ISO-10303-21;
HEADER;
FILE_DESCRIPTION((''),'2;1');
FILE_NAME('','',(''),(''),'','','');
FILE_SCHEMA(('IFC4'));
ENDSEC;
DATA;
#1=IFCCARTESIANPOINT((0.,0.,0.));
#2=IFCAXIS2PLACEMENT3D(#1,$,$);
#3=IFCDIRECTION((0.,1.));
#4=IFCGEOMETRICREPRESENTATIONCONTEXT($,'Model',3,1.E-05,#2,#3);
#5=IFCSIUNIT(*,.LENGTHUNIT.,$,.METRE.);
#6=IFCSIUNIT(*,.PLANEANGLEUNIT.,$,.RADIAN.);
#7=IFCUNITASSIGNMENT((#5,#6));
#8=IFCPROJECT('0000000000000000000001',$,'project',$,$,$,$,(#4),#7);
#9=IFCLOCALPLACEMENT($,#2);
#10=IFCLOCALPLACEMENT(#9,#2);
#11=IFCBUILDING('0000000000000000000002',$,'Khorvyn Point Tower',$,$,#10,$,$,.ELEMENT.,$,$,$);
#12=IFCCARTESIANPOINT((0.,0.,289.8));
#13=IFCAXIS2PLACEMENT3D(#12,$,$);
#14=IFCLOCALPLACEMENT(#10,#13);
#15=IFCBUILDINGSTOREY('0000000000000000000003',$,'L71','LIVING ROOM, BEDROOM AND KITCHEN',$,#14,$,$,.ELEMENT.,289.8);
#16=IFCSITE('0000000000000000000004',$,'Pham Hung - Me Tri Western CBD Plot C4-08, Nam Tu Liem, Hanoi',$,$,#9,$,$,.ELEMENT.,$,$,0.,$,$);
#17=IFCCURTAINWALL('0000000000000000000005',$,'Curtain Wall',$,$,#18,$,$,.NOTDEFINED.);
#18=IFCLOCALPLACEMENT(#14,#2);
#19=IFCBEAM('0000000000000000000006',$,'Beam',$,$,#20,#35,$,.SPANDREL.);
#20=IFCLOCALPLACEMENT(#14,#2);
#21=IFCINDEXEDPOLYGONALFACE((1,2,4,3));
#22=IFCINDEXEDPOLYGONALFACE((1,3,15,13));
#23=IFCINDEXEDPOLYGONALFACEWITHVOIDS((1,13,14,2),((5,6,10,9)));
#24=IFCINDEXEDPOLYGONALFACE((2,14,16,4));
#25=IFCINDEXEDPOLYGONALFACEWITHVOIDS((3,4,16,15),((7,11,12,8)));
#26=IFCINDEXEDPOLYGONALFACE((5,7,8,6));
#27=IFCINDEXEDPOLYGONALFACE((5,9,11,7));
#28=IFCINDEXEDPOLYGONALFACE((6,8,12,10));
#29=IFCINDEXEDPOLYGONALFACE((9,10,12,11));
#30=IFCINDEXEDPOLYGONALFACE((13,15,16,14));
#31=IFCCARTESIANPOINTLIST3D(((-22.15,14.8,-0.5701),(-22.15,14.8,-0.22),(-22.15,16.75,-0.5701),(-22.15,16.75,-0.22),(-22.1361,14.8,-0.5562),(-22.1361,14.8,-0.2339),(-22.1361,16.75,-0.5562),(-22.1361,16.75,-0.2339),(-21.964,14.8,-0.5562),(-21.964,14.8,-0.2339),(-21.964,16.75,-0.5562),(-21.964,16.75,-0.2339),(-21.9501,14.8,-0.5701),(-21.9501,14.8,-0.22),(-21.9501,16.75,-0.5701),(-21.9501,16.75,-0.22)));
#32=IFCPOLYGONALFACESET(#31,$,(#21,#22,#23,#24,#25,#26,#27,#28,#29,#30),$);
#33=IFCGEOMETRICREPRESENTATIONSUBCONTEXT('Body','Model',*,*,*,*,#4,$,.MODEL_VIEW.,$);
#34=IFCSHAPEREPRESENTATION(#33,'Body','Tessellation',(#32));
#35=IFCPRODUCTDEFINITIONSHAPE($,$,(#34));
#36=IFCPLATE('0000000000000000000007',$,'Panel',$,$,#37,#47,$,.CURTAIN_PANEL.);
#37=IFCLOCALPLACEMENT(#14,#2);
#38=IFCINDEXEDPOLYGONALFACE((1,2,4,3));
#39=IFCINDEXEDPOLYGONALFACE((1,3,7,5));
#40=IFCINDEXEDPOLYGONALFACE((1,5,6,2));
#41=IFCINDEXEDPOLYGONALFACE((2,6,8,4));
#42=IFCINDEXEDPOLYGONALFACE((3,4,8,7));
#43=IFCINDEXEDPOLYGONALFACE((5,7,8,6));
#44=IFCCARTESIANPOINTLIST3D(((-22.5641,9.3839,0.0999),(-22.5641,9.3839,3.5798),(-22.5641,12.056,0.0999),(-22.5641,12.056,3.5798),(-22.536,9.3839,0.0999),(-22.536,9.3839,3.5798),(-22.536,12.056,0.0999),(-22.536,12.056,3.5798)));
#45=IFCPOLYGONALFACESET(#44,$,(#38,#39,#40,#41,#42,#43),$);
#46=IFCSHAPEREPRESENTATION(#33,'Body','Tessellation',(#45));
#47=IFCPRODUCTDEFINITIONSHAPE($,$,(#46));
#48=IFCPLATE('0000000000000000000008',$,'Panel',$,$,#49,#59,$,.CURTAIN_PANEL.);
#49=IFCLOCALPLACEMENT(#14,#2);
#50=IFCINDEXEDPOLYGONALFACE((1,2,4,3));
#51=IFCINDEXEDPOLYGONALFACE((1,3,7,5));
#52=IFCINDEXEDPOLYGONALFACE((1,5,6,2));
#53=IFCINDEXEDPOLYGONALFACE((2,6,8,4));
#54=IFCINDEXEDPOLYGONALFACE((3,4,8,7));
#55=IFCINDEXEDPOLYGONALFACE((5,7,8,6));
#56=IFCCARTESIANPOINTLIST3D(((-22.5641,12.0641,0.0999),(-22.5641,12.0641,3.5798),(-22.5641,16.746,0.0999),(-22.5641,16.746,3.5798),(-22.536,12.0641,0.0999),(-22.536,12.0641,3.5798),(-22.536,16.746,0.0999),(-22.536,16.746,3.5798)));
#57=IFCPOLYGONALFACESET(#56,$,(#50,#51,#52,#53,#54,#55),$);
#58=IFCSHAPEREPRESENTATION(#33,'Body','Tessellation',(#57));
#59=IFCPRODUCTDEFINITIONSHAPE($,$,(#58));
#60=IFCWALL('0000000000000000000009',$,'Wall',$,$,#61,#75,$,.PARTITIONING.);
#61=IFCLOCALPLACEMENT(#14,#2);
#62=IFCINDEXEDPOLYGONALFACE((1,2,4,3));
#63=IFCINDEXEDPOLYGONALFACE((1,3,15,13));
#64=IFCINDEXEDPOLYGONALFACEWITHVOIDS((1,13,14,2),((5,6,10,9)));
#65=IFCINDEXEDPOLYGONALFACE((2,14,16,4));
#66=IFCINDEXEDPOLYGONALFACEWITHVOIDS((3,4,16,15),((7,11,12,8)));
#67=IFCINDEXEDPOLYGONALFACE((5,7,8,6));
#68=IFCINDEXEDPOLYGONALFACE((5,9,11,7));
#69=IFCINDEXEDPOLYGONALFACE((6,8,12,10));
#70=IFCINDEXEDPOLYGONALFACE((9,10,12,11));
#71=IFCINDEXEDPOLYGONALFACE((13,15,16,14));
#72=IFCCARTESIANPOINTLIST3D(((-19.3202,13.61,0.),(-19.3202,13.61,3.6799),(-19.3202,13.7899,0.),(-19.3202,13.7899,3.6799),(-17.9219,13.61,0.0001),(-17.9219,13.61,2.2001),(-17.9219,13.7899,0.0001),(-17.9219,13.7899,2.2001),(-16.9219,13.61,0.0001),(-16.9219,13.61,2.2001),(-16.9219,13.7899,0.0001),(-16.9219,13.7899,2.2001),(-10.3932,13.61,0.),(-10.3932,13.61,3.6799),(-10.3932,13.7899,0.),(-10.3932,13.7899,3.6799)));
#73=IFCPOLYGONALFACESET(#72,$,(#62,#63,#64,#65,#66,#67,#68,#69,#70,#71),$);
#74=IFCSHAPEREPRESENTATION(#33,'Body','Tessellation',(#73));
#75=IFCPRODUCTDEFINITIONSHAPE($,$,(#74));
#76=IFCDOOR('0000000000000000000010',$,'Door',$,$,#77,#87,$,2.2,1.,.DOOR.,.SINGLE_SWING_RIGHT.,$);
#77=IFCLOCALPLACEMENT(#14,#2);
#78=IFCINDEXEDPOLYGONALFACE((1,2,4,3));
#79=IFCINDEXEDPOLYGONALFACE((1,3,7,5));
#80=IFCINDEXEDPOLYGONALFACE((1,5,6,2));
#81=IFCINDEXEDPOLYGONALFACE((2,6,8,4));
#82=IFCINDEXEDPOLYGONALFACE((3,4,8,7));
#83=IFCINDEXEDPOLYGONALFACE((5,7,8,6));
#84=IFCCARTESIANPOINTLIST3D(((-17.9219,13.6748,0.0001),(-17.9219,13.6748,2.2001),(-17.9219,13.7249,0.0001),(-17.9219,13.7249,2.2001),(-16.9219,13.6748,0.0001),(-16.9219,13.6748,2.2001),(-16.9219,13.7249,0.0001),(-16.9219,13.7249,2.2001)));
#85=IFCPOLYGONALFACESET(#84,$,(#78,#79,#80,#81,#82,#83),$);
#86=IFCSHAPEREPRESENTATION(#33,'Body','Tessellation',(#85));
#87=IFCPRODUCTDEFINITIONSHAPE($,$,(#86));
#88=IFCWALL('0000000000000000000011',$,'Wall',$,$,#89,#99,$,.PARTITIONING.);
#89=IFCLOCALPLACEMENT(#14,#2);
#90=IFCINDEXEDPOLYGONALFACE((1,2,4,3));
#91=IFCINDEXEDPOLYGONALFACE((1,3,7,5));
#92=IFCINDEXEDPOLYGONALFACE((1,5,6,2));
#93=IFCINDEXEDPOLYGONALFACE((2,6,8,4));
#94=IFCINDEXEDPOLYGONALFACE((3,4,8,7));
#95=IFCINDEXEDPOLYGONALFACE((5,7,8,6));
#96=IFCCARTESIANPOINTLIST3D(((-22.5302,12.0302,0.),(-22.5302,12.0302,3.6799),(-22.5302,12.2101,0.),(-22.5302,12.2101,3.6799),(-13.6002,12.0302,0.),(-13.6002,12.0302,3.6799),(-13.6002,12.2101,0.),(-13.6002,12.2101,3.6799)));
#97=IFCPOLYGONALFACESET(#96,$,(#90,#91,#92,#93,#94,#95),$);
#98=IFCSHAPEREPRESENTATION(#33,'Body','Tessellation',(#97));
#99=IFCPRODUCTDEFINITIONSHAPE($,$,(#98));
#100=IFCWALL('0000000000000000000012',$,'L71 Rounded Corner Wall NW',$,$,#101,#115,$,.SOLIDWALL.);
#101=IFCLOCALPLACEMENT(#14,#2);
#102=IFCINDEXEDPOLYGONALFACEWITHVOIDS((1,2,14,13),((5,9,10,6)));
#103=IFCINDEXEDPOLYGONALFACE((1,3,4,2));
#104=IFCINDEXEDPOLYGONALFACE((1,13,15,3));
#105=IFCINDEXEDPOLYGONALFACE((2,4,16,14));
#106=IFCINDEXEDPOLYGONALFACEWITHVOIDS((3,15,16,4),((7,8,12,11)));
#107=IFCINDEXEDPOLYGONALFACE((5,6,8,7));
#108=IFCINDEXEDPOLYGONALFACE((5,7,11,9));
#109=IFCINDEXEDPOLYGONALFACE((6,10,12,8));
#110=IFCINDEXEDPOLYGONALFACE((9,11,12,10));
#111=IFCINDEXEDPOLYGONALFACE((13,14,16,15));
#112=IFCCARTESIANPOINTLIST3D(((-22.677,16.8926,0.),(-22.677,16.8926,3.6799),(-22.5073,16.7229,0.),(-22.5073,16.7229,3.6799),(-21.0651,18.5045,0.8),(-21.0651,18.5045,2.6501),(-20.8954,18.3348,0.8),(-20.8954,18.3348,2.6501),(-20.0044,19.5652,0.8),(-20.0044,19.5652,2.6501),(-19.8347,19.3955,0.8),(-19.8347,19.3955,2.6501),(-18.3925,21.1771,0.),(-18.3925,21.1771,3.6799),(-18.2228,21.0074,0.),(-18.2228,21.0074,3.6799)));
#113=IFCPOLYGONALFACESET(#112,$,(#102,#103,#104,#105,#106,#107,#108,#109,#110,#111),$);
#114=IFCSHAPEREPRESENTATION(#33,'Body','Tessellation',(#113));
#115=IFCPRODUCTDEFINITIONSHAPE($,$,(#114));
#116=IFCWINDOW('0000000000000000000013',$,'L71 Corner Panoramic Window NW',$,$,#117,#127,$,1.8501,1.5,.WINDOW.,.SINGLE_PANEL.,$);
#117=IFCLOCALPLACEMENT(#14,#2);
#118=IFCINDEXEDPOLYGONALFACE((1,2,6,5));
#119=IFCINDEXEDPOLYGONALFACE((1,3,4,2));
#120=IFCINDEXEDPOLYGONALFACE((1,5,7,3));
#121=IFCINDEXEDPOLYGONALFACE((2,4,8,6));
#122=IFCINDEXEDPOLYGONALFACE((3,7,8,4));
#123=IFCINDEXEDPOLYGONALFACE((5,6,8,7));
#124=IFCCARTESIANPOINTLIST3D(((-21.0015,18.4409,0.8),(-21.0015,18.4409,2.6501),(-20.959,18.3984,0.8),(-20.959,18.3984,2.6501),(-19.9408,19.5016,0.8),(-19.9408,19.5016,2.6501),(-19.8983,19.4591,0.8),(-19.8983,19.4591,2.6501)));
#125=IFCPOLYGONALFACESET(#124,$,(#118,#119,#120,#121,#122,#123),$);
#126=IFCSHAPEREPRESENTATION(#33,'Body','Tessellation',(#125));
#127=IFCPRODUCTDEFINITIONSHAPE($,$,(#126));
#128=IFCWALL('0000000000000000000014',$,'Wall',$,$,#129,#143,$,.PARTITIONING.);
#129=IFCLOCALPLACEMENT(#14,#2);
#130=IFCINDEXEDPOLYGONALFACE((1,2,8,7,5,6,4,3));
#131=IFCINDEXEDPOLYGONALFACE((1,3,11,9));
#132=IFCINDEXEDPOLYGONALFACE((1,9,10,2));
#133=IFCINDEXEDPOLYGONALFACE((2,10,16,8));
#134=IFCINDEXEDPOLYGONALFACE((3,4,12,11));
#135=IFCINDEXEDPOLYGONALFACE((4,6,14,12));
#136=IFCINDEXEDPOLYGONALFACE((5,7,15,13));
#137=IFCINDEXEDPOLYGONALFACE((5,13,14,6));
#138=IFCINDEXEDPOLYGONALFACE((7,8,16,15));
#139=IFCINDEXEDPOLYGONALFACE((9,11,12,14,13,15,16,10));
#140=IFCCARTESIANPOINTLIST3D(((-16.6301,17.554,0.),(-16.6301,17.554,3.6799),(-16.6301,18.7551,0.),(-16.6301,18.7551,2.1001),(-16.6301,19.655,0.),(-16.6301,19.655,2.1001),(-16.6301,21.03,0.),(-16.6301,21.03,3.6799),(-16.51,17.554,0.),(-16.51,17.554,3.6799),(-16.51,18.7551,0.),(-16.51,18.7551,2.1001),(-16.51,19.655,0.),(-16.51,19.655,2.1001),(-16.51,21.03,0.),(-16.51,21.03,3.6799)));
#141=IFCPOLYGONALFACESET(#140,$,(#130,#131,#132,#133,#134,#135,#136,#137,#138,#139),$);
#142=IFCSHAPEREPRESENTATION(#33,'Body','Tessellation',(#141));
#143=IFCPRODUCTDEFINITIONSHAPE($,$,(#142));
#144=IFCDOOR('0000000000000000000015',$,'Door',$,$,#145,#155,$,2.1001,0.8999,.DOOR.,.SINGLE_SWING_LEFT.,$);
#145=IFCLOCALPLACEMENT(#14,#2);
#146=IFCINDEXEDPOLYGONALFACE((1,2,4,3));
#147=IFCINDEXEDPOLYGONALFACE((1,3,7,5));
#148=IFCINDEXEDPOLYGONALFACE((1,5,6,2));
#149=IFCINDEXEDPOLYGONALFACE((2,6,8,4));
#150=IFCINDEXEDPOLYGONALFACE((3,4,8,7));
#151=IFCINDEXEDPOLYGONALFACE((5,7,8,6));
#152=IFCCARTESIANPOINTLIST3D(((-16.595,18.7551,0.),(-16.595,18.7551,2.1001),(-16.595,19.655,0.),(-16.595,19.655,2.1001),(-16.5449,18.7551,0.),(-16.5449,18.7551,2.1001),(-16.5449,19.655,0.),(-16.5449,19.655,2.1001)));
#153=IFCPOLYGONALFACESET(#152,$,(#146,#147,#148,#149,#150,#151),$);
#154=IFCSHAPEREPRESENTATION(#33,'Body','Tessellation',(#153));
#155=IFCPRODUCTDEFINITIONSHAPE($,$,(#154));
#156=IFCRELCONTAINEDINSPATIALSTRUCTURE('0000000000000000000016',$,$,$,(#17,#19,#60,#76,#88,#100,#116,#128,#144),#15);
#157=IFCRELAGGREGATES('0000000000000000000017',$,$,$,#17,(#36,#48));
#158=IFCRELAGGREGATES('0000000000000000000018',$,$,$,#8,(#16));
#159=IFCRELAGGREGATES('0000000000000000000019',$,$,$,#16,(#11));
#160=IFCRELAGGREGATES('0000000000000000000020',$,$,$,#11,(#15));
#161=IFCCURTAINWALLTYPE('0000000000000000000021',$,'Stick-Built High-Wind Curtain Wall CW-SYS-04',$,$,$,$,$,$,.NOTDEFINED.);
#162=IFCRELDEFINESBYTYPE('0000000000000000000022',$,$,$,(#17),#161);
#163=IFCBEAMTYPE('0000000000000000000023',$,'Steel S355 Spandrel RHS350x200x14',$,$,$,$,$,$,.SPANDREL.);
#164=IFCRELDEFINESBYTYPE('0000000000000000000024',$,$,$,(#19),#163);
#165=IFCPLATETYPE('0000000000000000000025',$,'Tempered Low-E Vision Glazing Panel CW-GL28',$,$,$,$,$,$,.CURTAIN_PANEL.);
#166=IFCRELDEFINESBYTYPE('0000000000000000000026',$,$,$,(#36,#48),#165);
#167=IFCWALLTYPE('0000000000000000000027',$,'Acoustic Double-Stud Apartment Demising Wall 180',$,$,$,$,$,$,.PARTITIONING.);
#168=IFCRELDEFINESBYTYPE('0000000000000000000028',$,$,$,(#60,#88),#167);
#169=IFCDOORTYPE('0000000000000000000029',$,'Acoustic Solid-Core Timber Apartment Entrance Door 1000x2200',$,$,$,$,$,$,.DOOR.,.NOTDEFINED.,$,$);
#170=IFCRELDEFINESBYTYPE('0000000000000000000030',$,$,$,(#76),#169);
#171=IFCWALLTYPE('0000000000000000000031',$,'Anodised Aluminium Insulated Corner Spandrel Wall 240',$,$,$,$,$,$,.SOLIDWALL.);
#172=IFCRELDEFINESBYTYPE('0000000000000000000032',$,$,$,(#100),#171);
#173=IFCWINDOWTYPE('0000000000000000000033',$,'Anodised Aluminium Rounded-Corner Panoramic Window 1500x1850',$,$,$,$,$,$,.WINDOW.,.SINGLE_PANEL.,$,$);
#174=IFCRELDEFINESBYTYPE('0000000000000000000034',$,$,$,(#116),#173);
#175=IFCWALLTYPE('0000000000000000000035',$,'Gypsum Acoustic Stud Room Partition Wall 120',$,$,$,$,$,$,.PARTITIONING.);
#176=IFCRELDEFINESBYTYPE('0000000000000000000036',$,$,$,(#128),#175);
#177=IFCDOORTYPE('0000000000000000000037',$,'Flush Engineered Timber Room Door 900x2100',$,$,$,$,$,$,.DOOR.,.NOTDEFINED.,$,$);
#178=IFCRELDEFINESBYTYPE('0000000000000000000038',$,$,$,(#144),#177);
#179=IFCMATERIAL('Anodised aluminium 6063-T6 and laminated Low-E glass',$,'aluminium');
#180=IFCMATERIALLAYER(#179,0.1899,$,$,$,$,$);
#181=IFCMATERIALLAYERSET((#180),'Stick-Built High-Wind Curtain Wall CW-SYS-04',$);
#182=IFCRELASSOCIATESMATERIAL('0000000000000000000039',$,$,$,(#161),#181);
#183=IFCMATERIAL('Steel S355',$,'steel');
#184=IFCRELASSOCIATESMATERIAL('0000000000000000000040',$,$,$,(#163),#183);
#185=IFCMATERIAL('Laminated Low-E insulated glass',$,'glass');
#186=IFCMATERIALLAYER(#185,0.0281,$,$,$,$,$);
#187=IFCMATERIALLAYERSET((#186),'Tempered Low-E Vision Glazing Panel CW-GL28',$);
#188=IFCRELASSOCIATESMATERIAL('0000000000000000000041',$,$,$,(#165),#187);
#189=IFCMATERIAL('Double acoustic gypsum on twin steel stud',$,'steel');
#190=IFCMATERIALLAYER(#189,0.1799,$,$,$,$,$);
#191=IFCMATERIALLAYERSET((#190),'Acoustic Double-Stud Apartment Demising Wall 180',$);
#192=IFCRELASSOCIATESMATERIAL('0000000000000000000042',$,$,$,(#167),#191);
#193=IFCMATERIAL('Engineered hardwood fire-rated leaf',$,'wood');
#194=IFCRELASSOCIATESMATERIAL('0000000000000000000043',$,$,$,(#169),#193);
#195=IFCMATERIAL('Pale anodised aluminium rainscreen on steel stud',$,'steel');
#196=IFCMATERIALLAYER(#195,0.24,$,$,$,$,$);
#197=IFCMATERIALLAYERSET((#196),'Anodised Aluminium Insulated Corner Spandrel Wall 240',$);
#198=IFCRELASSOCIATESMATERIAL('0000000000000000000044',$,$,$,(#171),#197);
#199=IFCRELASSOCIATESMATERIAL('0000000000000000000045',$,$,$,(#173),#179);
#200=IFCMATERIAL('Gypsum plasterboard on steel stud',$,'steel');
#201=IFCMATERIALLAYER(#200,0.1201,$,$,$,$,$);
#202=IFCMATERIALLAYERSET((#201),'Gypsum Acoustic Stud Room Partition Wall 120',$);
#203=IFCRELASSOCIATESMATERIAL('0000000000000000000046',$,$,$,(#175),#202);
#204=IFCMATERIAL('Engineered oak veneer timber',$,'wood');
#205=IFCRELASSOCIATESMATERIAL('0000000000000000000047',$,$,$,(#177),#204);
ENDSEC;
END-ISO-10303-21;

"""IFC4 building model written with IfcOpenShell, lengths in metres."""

from ifc_helpers import new_model, si_unit, direction, frame, frame_2d, origin, origin_2d, place, context, subcontext, project, spatial, rectangle, hollow_rectangle, extrude, material, layer, layer_set, material_profile, profile_set, type_object, element, fill, aggregate, save


model = new_model("IFC4")

# Units and contexts
model_context = context("Model", 3, precision=1e-05, world=origin(), true_north=direction((0.0, 1.0)))
body_context = subcontext(model_context, "Body", "Model", "MODEL_VIEW")
ifc_project = project(units=[si_unit("LENGTHUNIT", "METRE"), si_unit("PLANEANGLEUNIT", "RADIAN")], contexts=[model_context])

# Site, building, storey
site_placement = place(None, origin())
site = spatial("IfcSite", under=ifc_project, at=site_placement, Name="Pham Hung - Me Tri Western CBD Plot C4-08, Nam Tu Liem, Hanoi", CompositionType="ELEMENT", RefElevation=0.0)
building_placement = place(site_placement, origin())
building = spatial("IfcBuilding", under=site, at=building_placement, Name="Khorvyn Point Tower", CompositionType="ELEMENT")
storey_placement = place(building_placement, frame((0.0, 0.0, 289.8)))
storey = spatial("IfcBuildingStorey", under=building, at=storey_placement, Name="L71", Description="LIVING ROOM, BEDROOM AND KITCHEN", CompositionType="ELEMENT", Elevation=289.8)

# Shared definitions
ifc_material_1 = material(Name="Steel S355", Category="steel")

# Curtain wall
ifc_material_2 = material(Name="Anodised aluminium 6063-T6 and laminated Low-E glass", Category="aluminium")
ifc_layer_1 = layer(ifc_material_2, 0.1899)
ifc_layer_set_1 = layer_set([ifc_layer_1], Name="Stick-Built High-Wind Curtain Wall CW-SYS-04")
curtain_wall_type = type_object("IfcCurtainWallType", Name="Stick-Built High-Wind Curtain Wall CW-SYS-04", PredefinedType="NOTDEFINED", material=ifc_layer_set_1)
curtain_wall_1_placement = place(storey_placement, origin())
curtain_wall_1 = element("IfcCurtainWall", 1, at=curtain_wall_1_placement, inside=storey, type_object=curtain_wall_type, Name="Curtain Wall", PredefinedType="NOTDEFINED")

# Beam
ifc_material_profile_1 = material_profile(ifc_material_1, hollow_rectangle(XDim=0.2, YDim=0.3501, WallThickness=0.0139, at=origin_2d()))
ifc_profile_set_1 = profile_set([ifc_material_profile_1], Name="Steel S355 RHS350x200x14")
beam_type_1 = type_object("IfcBeamType", Name="Steel S355 Spandrel RHS350x200x14", PredefinedType="SPANDREL", material=ifc_profile_set_1)
beam_1_placement = place(storey_placement, frame((-22.05, 14.8, -0.395), z_axis=(0.0, 1.0, 0.0), x_axis=(-1.0, 0.0, 0.0)))
element("IfcBeam", 2, at=beam_1_placement, inside=storey, type_object=beam_type_1, Name="Beam", PredefinedType="SPANDREL", context=body_context, shape_type="SweptSolid", body=[
    extrude(hollow_rectangle(XDim=0.2, YDim=0.3501, WallThickness=0.0139, at=origin_2d()), origin(), (0.0, 0.0, 1.0), 1.95),
])

# Plates
ifc_material_3 = material(Name="Laminated Low-E insulated glass", Category="glass")
ifc_layer_2 = layer(ifc_material_3, 0.0281)
ifc_layer_set_2 = layer_set([ifc_layer_2], Name="Tempered Low-E Vision Glazing Panel CW-GL28")
plate_type = type_object("IfcPlateType", Name="Tempered Low-E Vision Glazing Panel CW-GL28", PredefinedType="CURTAIN_PANEL", material=ifc_layer_set_2)
plate_1_placement = place(storey_placement, frame((-22.55, 10.72, 0.0999), z_axis=(0.0, 0.0, 1.0), x_axis=(0.0, 1.0, 0.0)))
plate_1 = element("IfcPlate", 3, at=plate_1_placement, type_object=plate_type, Name="Panel", PredefinedType="CURTAIN_PANEL", context=body_context, shape_type="SweptSolid", body=[
    extrude(rectangle(XDim=2.6721, YDim=0.0281, at=origin_2d()), origin(), (0.0, 0.0, 1.0), 3.48),
])
plate_2_placement = place(storey_placement, frame((-22.55, 14.405, 0.0999), z_axis=(0.0, 0.0, 1.0), x_axis=(0.0, 1.0, 0.0)))
plate_2 = element("IfcPlate", 4, at=plate_2_placement, type_object=plate_type, Name="Panel", PredefinedType="CURTAIN_PANEL", context=body_context, shape_type="SweptSolid", body=[
    extrude(rectangle(XDim=4.6819, YDim=0.0281, at=origin_2d()), origin(), (0.0, 0.0, 1.0), 3.48),
])
aggregate(curtain_wall_1, [plate_1, plate_2])

# Wall, opening, door
ifc_material_4 = material(Name="Double acoustic gypsum on twin steel stud", Category="steel")
ifc_layer_3 = layer(ifc_material_4, 0.1799)
ifc_layer_set_3 = layer_set([ifc_layer_3], Name="Acoustic Double-Stud Apartment Demising Wall 180")
wall_type_1 = type_object("IfcWallType", Name="Acoustic Double-Stud Apartment Demising Wall 180", PredefinedType="PARTITIONING", material=ifc_layer_set_3)
wall_1_placement = place(storey_placement, frame((-19.3201, 13.7, 0.0), z_axis=(0.0, 0.0, 1.0), x_axis=(1.0, 0.0, 0.0)))
wall_1 = element("IfcWall", 5, at=wall_1_placement, inside=storey, type_object=wall_type_1, Name="Wall", PredefinedType="PARTITIONING", context=body_context, shape_type="SweptSolid", body=[
    extrude(rectangle(XDim=8.927, YDim=0.1799, at=frame_2d((4.4634, 0.0))), origin(), (0.0, 0.0, 1.0), 3.6799),
])
opening_1_placement = place(wall_1_placement, frame((1.3982, 0.0, 0.0)))
opening_1 = element("IfcOpeningElement", 6, at=opening_1_placement, cuts=wall_1, PredefinedType="OPENING", context=body_context, shape_type="SweptSolid", body=[
    extrude(rectangle(XDim=1.0, YDim=2.2, at=frame_2d((0.5, 1.1001))), frame((0.0, 0.0999, 0.0), z_axis=(0.0, -1.0, 0.0), x_axis=(1.0, 0.0, 0.0)), (0.0, 0.0, 1.0), 0.2),
])
ifc_material_5 = material(Name="Engineered hardwood fire-rated leaf", Category="wood")
door_type_1 = type_object("IfcDoorType", Name="Acoustic Solid-Core Timber Apartment Entrance Door 1000x2200", OperationType="NOTDEFINED", PredefinedType="DOOR", material=ifc_material_5)
door_1_placement = place(opening_1_placement, origin())
door_1 = element("IfcDoor", 7, at=door_1_placement, inside=storey, type_object=door_type_1, Name="Door", OperationType="SINGLE_SWING_RIGHT", OverallHeight=2.2, OverallWidth=1.0, PredefinedType="DOOR", context=body_context, shape_type="SweptSolid", body=[
    extrude(rectangle(XDim=1.0, YDim=2.2, at=frame_2d((0.5, 1.1001))), frame((0.0, 0.0249, 0.0), z_axis=(0.0, -1.0, 0.0), x_axis=(1.0, 0.0, 0.0)), (0.0, 0.0, 1.0), 0.05),
])
fill(opening_1, door_1)

# Wall
wall_2_placement = place(storey_placement, frame((-22.53, 12.1201, 0.0), z_axis=(0.0, 0.0, 1.0), x_axis=(1.0, 0.0, 0.0)))
element("IfcWall", 8, at=wall_2_placement, inside=storey, type_object=wall_type_1, Name="Wall", PredefinedType="PARTITIONING", context=body_context, shape_type="SweptSolid", body=[
    extrude(rectangle(XDim=8.9299, YDim=0.1799, at=frame_2d((4.4648, 0.0))), origin(), (0.0, 0.0, 1.0), 3.6799),
])

# Wall, opening, window
ifc_material_6 = material(Name="Pale anodised aluminium rainscreen on steel stud", Category="steel")
ifc_layer_4 = layer(ifc_material_6, 0.24)
ifc_layer_set_4 = layer_set([ifc_layer_4], Name="Anodised Aluminium Insulated Corner Spandrel Wall 240")
wall_type_2 = type_object("IfcWallType", Name="Anodised Aluminium Insulated Corner Spandrel Wall 240", PredefinedType="SOLIDWALL", material=ifc_layer_set_4)
wall_3_placement = place(storey_placement, frame((-22.5923, 16.8076, 0.0), z_axis=(0.0, 0.0, 1.0), x_axis=(0.707107, 0.707107, 0.0)))
wall_3 = element("IfcWall", 9, at=wall_3_placement, inside=storey, type_object=wall_type_2, Name="L71 Rounded Corner Wall NW", PredefinedType="SOLIDWALL", context=body_context, shape_type="SweptSolid", body=[
    extrude(rectangle(XDim=6.0593, YDim=0.24, at=frame_2d((3.0298, 0.0))), origin(), (0.0, 0.0, 1.0), 3.6799),
])
opening_2_placement = place(wall_3_placement, frame((2.2798, 0.0, 0.8)))
opening_2 = element("IfcOpeningElement", 10, at=opening_2_placement, cuts=wall_3, PredefinedType="OPENING", context=body_context, shape_type="SweptSolid", body=[
    extrude(rectangle(XDim=1.5, YDim=1.8501, at=frame_2d((0.75, 0.925))), frame((0.0, 0.1299, 0.0), z_axis=(0.0, -1.0, 0.0), x_axis=(1.0, 0.0, 0.0)), (0.0, 0.0, 1.0), 0.26),
])
window_type = type_object("IfcWindowType", Name="Anodised Aluminium Rounded-Corner Panoramic Window 1500x1850", PartitioningType="SINGLE_PANEL", PredefinedType="WINDOW", material=ifc_material_2)
window_placement = place(opening_2_placement, origin())
window = element("IfcWindow", 11, at=window_placement, inside=storey, type_object=window_type, Name="L71 Corner Panoramic Window NW", OverallHeight=1.8501, OverallWidth=1.5, PartitioningType="SINGLE_PANEL", PredefinedType="WINDOW", context=body_context, shape_type="SweptSolid", body=[
    extrude(rectangle(XDim=1.5, YDim=1.8501, at=frame_2d((0.75, 0.925))), frame((0.0, 0.03, 0.0), z_axis=(0.0, -1.0, 0.0), x_axis=(1.0, 0.0, 0.0)), (0.0, 0.0, 1.0), 0.0601),
])
fill(opening_2, window)

# Wall, opening, door
ifc_material_7 = material(Name="Gypsum plasterboard on steel stud", Category="steel")
ifc_layer_5 = layer(ifc_material_7, 0.1201)
ifc_layer_set_5 = layer_set([ifc_layer_5], Name="Gypsum Acoustic Stud Room Partition Wall 120")
wall_type_3 = type_object("IfcWallType", Name="Gypsum Acoustic Stud Room Partition Wall 120", PredefinedType="PARTITIONING", material=ifc_layer_set_5)
wall_4_placement = place(storey_placement, frame((-16.5701, 17.554, 0.0), z_axis=(0.0, 0.0, 1.0), x_axis=(0.0, 1.0, 0.0)))
wall_4 = element("IfcWall", 12, at=wall_4_placement, inside=storey, type_object=wall_type_3, Name="Wall", PredefinedType="PARTITIONING", context=body_context, shape_type="SweptSolid", body=[
    extrude(rectangle(XDim=3.4761, YDim=0.1201, at=frame_2d((1.738, 0.0))), origin(), (0.0, 0.0, 1.0), 3.6799),
])
opening_3_placement = place(wall_4_placement, frame((1.2012, 0.0, 0.0)))
opening_3 = element("IfcOpeningElement", 13, at=opening_3_placement, cuts=wall_4, PredefinedType="OPENING", context=body_context, shape_type="SweptSolid", body=[
    extrude(rectangle(XDim=0.8999, YDim=2.1001, at=frame_2d((0.45, 1.05))), frame((0.0, 0.0701, 0.0), z_axis=(0.0, -1.0, 0.0), x_axis=(1.0, 0.0, 0.0)), (0.0, 0.0, 1.0), 0.1401),
])
ifc_material_8 = material(Name="Engineered oak veneer timber", Category="wood")
door_type_2 = type_object("IfcDoorType", Name="Flush Engineered Timber Room Door 900x2100", OperationType="NOTDEFINED", PredefinedType="DOOR", material=ifc_material_8)
door_2_placement = place(opening_3_placement, origin())
door_2 = element("IfcDoor", 14, at=door_2_placement, inside=storey, type_object=door_type_2, Name="Door", OperationType="SINGLE_SWING_LEFT", OverallHeight=2.1001, OverallWidth=0.8999, PredefinedType="DOOR", context=body_context, shape_type="SweptSolid", body=[
    extrude(rectangle(XDim=0.8999, YDim=2.1001, at=frame_2d((0.45, 1.05))), frame((0.0, 0.0249, 0.0), z_axis=(0.0, -1.0, 0.0), x_axis=(1.0, 0.0, 0.0)), (0.0, 0.0, 1.0), 0.05),
])
fill(opening_3, door_2)

save(model, "model.ifc")
